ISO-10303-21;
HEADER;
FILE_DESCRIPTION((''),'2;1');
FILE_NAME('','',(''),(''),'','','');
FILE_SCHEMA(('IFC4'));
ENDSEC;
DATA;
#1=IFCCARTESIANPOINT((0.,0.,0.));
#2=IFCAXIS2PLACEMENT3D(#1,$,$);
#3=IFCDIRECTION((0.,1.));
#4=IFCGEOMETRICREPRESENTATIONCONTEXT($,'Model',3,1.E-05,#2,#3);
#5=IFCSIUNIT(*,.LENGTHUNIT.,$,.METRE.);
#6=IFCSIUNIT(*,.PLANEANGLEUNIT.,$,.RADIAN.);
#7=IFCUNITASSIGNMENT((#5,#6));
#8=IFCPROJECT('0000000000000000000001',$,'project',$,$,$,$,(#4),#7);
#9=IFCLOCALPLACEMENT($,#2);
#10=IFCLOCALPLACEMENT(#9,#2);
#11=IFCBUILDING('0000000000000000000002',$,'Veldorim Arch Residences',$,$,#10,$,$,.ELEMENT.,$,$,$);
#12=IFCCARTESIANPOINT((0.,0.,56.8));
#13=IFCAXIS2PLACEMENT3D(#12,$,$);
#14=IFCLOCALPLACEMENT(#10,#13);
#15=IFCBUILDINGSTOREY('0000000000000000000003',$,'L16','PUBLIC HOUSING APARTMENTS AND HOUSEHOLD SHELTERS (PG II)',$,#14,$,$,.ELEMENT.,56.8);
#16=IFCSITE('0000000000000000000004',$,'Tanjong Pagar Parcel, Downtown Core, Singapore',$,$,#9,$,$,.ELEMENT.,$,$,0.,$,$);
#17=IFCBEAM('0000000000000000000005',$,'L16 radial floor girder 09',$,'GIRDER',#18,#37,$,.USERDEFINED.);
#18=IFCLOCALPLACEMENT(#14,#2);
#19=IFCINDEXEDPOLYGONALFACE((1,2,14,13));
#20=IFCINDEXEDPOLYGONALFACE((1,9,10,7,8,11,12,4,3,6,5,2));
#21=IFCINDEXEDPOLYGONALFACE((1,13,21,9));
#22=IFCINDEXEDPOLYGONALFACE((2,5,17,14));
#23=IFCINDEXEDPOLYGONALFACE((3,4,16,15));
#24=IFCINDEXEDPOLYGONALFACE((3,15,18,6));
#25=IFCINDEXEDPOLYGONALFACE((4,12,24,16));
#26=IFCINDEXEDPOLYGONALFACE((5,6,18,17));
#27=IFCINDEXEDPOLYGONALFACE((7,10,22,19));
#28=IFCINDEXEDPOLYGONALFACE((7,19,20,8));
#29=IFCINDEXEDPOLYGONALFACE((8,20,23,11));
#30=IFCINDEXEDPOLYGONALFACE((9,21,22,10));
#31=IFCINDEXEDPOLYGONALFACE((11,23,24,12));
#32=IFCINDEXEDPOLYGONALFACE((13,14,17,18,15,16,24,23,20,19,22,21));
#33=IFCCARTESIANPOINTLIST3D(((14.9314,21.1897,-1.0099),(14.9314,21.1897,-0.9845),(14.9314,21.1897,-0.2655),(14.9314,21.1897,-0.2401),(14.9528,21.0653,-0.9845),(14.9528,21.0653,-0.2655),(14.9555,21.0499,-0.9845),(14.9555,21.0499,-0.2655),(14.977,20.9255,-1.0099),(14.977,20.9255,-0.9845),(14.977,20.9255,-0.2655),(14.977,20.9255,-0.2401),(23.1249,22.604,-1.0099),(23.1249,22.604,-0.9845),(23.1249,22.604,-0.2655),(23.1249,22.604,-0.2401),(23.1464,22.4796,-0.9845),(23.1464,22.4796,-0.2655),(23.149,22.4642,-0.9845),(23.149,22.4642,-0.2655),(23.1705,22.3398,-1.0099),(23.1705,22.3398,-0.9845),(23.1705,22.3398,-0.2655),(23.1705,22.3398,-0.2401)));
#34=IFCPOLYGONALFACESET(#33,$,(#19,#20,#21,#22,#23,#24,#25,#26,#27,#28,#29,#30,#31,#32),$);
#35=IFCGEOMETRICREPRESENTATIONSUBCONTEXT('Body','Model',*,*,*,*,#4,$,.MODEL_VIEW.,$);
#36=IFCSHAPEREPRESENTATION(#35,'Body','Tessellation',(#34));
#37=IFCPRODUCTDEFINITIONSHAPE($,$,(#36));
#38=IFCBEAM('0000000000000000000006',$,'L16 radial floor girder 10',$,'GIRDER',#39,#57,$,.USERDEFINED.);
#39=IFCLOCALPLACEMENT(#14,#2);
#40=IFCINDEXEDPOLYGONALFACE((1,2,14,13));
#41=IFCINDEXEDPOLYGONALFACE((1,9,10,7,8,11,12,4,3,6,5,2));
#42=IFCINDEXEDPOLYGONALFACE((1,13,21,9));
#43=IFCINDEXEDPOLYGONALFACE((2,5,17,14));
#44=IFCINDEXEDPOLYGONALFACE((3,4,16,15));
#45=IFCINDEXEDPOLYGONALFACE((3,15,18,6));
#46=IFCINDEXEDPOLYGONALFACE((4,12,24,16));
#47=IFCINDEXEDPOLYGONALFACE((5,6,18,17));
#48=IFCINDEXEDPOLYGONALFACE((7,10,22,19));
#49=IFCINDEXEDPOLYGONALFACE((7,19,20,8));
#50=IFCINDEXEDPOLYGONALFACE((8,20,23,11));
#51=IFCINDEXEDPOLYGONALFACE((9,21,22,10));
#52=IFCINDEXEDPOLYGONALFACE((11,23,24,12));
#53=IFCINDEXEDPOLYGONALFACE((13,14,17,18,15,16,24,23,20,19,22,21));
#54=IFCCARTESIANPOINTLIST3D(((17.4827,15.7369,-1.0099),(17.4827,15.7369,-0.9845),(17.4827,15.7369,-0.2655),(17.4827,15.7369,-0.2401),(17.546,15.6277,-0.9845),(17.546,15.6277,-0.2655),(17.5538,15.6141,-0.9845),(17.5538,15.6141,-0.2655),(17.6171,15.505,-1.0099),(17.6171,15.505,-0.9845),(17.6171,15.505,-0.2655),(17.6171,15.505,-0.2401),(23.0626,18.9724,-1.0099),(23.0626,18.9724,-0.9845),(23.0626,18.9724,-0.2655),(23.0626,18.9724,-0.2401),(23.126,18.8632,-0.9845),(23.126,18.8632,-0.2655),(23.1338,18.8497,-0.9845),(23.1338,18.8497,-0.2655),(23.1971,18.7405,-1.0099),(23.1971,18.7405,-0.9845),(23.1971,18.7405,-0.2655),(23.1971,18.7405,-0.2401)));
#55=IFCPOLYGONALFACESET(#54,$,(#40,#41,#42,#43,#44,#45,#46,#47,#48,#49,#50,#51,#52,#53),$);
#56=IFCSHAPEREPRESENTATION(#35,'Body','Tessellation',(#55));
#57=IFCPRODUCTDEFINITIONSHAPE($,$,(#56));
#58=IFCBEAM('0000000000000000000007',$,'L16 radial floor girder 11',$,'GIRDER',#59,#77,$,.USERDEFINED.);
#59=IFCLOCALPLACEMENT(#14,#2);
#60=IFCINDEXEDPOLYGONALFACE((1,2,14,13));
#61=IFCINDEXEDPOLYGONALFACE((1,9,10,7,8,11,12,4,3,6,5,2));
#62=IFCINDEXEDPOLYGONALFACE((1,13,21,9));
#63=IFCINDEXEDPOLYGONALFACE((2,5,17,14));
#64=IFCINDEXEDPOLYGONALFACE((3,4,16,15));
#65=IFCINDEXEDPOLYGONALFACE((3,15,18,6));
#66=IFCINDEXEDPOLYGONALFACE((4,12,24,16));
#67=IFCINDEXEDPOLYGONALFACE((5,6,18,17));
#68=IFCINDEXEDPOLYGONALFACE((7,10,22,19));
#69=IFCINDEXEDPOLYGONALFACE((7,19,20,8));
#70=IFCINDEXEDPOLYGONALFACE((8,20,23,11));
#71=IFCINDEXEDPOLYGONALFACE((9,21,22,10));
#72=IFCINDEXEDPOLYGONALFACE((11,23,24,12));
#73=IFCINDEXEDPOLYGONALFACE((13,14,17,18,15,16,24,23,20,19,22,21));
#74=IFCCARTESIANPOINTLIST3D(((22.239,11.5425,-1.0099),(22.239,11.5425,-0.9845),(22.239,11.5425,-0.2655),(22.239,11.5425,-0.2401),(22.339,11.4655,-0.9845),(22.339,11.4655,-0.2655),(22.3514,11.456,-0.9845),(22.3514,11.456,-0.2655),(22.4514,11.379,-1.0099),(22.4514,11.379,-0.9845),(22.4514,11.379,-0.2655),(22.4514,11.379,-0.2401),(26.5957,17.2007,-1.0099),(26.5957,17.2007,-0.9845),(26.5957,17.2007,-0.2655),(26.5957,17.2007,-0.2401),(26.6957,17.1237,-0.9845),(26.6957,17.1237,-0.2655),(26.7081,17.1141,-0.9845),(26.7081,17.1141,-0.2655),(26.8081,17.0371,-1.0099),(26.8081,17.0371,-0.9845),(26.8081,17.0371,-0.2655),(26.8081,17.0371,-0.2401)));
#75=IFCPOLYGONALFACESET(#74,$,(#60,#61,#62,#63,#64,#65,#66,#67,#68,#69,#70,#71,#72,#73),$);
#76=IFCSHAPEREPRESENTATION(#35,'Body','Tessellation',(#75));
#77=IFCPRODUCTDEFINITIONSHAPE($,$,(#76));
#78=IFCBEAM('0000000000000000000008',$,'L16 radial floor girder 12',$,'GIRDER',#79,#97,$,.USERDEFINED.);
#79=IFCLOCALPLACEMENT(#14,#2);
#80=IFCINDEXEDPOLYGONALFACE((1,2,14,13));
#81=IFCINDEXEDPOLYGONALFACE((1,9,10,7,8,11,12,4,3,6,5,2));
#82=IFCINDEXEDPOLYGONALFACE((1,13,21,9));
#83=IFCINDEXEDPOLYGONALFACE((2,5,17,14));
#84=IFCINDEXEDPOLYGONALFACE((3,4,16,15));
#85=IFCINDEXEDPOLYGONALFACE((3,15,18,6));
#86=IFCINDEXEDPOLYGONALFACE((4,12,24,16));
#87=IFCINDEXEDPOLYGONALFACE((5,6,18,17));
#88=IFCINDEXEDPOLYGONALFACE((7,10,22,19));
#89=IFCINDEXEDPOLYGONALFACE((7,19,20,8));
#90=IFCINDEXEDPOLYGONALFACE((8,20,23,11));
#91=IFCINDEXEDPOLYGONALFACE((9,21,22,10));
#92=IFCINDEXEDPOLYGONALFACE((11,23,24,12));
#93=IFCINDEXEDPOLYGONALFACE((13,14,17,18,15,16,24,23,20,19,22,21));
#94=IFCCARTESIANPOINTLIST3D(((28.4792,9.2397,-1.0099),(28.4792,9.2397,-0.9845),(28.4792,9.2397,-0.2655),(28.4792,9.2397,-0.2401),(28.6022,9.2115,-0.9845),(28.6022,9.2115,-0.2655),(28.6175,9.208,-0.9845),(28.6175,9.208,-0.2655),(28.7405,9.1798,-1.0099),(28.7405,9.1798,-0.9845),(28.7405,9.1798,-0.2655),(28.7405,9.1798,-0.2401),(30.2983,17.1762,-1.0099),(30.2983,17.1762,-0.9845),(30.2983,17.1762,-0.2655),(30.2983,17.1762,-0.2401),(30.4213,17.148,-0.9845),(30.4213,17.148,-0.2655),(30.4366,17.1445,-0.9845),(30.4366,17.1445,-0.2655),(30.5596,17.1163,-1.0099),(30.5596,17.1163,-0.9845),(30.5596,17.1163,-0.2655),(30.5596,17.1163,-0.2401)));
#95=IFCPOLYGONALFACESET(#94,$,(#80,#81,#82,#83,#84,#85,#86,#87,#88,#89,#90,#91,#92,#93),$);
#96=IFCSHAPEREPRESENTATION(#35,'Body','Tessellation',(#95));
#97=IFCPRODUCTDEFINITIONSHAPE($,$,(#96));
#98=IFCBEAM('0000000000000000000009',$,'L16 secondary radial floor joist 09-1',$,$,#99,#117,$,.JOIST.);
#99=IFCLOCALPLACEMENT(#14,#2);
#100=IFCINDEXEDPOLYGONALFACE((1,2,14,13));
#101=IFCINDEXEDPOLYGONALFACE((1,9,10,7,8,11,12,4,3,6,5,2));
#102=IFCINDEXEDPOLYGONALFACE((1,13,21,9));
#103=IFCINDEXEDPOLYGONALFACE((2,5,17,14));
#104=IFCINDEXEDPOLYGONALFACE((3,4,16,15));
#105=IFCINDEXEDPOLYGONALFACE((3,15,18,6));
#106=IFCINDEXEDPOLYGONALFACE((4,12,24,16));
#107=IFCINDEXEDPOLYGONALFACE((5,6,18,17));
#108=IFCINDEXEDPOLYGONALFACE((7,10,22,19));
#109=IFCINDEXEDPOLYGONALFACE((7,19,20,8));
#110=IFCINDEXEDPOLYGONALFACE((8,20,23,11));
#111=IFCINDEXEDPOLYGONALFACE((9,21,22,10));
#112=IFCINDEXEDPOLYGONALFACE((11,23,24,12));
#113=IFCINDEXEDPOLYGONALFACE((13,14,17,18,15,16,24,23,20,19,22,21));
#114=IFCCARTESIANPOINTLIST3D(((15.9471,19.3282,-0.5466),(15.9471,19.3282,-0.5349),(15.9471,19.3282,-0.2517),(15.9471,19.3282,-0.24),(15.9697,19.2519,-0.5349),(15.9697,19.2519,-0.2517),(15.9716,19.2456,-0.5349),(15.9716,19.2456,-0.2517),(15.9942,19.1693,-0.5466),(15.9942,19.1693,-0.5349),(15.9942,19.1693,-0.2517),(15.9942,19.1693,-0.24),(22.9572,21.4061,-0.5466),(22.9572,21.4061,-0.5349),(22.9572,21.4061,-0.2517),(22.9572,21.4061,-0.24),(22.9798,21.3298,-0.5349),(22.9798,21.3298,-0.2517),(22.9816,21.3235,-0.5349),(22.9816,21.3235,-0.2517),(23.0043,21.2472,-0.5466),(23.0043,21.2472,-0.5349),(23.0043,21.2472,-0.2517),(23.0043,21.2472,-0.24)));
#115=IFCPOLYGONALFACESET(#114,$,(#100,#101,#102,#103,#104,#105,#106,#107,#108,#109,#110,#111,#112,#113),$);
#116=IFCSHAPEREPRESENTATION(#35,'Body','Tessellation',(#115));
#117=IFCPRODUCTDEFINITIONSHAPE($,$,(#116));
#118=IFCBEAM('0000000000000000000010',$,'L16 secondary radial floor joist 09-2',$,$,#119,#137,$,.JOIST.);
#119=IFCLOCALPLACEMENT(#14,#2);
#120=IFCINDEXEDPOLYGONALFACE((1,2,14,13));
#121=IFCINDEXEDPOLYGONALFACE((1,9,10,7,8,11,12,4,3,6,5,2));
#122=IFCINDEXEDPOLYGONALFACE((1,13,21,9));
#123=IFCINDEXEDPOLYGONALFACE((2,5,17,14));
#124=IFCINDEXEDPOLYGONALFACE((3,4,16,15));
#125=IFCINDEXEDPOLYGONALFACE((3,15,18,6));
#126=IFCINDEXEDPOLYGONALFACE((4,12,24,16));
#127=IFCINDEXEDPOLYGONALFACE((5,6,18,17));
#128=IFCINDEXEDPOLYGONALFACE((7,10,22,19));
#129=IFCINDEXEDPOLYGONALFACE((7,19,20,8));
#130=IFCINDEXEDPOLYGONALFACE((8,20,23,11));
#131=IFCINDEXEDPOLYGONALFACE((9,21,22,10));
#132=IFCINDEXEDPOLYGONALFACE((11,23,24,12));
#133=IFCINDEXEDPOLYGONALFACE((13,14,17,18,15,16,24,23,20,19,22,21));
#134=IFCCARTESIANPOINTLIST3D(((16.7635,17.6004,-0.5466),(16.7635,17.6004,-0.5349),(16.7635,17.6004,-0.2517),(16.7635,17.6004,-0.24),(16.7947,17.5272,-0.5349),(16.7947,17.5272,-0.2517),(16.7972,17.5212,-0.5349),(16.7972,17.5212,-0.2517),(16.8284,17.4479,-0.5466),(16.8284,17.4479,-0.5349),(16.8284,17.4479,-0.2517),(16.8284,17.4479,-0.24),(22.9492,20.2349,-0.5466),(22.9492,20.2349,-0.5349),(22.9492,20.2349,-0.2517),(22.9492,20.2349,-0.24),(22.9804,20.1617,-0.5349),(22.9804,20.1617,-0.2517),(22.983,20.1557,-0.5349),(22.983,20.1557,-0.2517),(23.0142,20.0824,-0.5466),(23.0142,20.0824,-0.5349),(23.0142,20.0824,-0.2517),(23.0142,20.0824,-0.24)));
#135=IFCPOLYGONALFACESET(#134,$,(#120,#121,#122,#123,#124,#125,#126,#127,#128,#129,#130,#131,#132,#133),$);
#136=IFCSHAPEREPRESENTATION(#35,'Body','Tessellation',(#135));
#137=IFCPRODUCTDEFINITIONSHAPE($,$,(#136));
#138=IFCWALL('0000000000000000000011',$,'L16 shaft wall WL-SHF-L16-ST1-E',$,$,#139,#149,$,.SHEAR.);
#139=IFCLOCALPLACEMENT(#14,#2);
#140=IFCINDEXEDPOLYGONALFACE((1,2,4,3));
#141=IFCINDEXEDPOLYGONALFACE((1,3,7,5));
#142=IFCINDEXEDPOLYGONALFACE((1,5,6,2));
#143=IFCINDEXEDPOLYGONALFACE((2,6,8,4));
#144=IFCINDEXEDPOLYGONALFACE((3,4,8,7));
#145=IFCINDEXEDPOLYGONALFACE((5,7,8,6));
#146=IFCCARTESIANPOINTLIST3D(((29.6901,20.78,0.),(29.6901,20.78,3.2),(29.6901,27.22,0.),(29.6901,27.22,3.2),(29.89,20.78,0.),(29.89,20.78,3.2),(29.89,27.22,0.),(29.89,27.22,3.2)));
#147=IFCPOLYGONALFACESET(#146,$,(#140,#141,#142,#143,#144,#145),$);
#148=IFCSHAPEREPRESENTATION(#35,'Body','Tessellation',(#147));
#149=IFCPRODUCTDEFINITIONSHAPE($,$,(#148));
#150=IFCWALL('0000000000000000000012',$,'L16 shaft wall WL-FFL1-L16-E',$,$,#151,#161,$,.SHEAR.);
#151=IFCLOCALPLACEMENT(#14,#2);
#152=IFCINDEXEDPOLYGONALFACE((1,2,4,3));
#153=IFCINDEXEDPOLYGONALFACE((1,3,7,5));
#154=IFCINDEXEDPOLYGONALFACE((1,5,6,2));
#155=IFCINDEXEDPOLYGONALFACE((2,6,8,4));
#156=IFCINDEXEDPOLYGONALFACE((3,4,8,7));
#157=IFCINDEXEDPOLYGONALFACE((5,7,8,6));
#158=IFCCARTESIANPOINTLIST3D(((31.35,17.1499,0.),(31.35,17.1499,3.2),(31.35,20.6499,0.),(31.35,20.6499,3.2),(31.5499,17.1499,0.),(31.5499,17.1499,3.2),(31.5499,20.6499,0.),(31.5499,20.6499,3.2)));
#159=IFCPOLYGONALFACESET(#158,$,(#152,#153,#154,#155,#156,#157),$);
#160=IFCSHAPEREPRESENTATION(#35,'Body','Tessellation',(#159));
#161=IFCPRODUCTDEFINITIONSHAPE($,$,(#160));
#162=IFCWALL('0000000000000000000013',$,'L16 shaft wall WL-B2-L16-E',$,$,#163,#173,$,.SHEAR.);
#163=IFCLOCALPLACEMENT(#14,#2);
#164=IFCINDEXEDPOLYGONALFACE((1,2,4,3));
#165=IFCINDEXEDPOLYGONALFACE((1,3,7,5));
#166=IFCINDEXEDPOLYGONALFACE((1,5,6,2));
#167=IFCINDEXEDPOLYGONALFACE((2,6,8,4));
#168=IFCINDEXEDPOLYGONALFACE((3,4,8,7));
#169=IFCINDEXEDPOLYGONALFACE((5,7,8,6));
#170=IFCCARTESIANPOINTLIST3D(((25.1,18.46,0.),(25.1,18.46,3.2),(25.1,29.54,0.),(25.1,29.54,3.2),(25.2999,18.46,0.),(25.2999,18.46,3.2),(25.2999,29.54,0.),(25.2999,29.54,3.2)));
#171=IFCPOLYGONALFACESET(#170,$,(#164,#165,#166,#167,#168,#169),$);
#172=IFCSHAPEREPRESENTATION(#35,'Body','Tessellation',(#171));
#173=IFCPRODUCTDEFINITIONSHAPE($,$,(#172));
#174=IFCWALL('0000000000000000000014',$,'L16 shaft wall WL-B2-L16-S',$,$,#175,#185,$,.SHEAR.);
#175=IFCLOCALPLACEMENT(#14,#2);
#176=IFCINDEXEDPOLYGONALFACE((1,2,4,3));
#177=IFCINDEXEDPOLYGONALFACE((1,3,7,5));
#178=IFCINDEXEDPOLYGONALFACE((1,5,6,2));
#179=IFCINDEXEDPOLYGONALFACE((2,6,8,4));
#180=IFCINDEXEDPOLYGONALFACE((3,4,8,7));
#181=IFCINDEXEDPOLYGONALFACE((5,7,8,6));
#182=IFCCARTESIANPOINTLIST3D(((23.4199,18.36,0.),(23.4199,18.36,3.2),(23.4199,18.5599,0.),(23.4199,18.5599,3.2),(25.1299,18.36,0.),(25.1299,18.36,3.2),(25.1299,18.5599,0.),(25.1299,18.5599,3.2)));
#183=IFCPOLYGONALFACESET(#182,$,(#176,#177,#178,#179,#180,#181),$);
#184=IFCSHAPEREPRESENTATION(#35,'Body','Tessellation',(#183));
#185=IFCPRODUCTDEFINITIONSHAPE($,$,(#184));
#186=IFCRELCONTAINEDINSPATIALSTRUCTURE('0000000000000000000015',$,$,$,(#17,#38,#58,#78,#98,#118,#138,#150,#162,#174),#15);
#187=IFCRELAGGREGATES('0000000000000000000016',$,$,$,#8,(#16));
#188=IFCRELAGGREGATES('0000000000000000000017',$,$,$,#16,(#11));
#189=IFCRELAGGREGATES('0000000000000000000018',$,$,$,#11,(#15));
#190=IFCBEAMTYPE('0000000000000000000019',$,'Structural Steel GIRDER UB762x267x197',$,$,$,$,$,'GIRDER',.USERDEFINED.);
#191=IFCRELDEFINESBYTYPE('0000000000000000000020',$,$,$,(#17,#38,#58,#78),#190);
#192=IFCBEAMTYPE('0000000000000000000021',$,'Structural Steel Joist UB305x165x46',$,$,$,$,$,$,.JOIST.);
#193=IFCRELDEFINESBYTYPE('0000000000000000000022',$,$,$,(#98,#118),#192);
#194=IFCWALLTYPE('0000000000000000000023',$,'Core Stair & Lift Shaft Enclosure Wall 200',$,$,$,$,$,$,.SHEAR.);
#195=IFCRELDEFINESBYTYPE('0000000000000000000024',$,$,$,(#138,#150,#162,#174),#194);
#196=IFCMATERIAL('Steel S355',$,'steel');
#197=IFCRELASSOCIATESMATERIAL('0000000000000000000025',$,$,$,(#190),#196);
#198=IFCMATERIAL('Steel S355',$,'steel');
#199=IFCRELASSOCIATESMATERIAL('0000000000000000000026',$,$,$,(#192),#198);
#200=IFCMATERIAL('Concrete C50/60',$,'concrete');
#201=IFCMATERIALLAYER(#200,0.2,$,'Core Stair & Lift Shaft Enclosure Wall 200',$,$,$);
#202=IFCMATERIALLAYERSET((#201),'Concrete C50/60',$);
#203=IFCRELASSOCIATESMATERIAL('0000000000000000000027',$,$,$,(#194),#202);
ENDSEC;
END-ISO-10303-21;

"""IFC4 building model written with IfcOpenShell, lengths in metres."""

from ifc_helpers import new_model, si_unit, direction, frame, frame_2d, origin, origin_2d, place, context, subcontext, project, spatial, rectangle, i_section, extrude, material, layer, layer_set, material_profile, profile_set, type_object, element, save


model = new_model("IFC4")

# Units and contexts
model_context = context("Model", 3, precision=1e-05, world=origin(), true_north=direction((0.0, 1.0)))
body_context = subcontext(model_context, "Body", "Model", "MODEL_VIEW")
ifc_project = project(units=[si_unit("LENGTHUNIT", "METRE"), si_unit("PLANEANGLEUNIT", "RADIAN")], contexts=[model_context])

# Site, building, storey
site_placement = place(None, origin())
site = spatial("IfcSite", under=ifc_project, at=site_placement, Name="Tanjong Pagar Parcel, Downtown Core, Singapore", CompositionType="ELEMENT", RefElevation=0.0)
building_placement = place(site_placement, origin())
building = spatial("IfcBuilding", under=site, at=building_placement, Name="Veldorim Arch Residences", CompositionType="ELEMENT")
storey_placement = place(building_placement, frame((0.0, 0.0, 56.8)))
storey = spatial("IfcBuildingStorey", under=building, at=storey_placement, Name="L16", Description="PUBLIC HOUSING APARTMENTS AND HOUSEHOLD SHELTERS (PG II)", CompositionType="ELEMENT", Elevation=56.8)

# Beams
ifc_material_1 = material(Name="Steel S355", Category="steel")
ifc_material_profile_1 = material_profile(ifc_material_1, i_section(OverallWidth=0.2681, OverallDepth=0.7698, WebThickness=0.0156, FlangeThickness=0.0254, at=origin_2d()), Name="UB762x267x197")
ifc_profile_set_1 = profile_set([ifc_material_profile_1], Name="Steel S355")
beam_type_1 = type_object("IfcBeamType", Name="Structural Steel GIRDER UB762x267x197", ElementType="GIRDER", PredefinedType="USERDEFINED", material=ifc_profile_set_1)
beam_1_placement = place(storey_placement, frame((23.1477, 22.4719, -0.625), z_axis=(-0.985428, -0.170096, 0.0), x_axis=(0.170096, -0.985428, 0.0)))
element("IfcBeam", 1, at=beam_1_placement, inside=storey, type_object=beam_type_1, Name="L16 radial floor girder 09", ObjectType="GIRDER", PredefinedType="USERDEFINED", context=body_context, shape_type="SweptSolid", body=[
    extrude(i_section(OverallWidth=0.2681, OverallDepth=0.7698, WebThickness=0.0156, FlangeThickness=0.0254, at=origin_2d()), origin(), (0.0, 0.0, 1.0), 8.3147),
])
beam_2_placement = place(storey_placement, frame((23.1299, 18.8564, -0.625), z_axis=(-0.865088, -0.50162, 0.0), x_axis=(0.50162, -0.865088, 0.0)))
element("IfcBeam", 2, at=beam_2_placement, inside=storey, type_object=beam_type_1, Name="L16 radial floor girder 10", ObjectType="GIRDER", PredefinedType="USERDEFINED", context=body_context, shape_type="SweptSolid", body=[
    extrude(i_section(OverallWidth=0.2681, OverallDepth=0.7698, WebThickness=0.0156, FlangeThickness=0.0254, at=origin_2d()), origin(), (0.0, 0.0, 1.0), 6.4502),
])
beam_3_placement = place(storey_placement, frame((26.7019, 17.1189, -0.625), z_axis=(-0.610082, -0.792338, 0.0), x_axis=(0.792338, -0.610082, 0.0)))
element("IfcBeam", 3, at=beam_3_placement, inside=storey, type_object=beam_type_1, Name="L16 radial floor girder 11", ObjectType="GIRDER", PredefinedType="USERDEFINED", context=body_context, shape_type="SweptSolid", body=[
    extrude(i_section(OverallWidth=0.2681, OverallDepth=0.7698, WebThickness=0.0156, FlangeThickness=0.0254, at=origin_2d()), origin(), (0.0, 0.0, 1.0), 7.1411),
])
beam_4_placement = place(storey_placement, frame((30.429, 17.1462, -0.625), z_axis=(-0.223412, -0.974724, 0.0), x_axis=(0.974724, -0.223412, 0.0)))
element("IfcBeam", 4, at=beam_4_placement, inside=storey, type_object=beam_type_1, Name="L16 radial floor girder 12", ObjectType="GIRDER", PredefinedType="USERDEFINED", context=body_context, shape_type="SweptSolid", body=[
    extrude(i_section(OverallWidth=0.2681, OverallDepth=0.7698, WebThickness=0.0156, FlangeThickness=0.0254, at=origin_2d()), origin(), (0.0, 0.0, 1.0), 8.1423),
])
ifc_material_2 = material(Name="Steel S355", Category="steel")
ifc_material_profile_2 = material_profile(ifc_material_2, i_section(OverallWidth=0.1658, OverallDepth=0.3066, WebThickness=0.0066, FlangeThickness=0.0117, at=origin_2d()), Name="UB305x165x46")
ifc_profile_set_2 = profile_set([ifc_material_profile_2], Name="Steel S355")
beam_type_2 = type_object("IfcBeamType", Name="Structural Steel Joist UB305x165x46", PredefinedType="JOIST", material=ifc_profile_set_2)
beam_5_placement = place(storey_placement, frame((22.9807, 21.3267, -0.3933), z_axis=(-0.958767, -0.284194, 0.0), x_axis=(0.284194, -0.958767, 0.0)))
element("IfcBeam", 5, at=beam_5_placement, inside=storey, type_object=beam_type_2, Name="L16 secondary radial floor joist 09-1", PredefinedType="JOIST", context=body_context, shape_type="SweptSolid", body=[
    extrude(i_section(OverallWidth=0.1658, OverallDepth=0.3066, WebThickness=0.0066, FlangeThickness=0.0117, at=origin_2d()), origin(), (0.0, 0.0, 1.0), 7.3115),
])
beam_6_placement = place(storey_placement, frame((22.9817, 20.1587, -0.3933), z_axis=(-0.920033, -0.391841, 0.0), x_axis=(0.391841, -0.920033, 0.0)))
element("IfcBeam", 6, at=beam_6_placement, inside=storey, type_object=beam_type_2, Name="L16 secondary radial floor joist 09-2", PredefinedType="JOIST", context=body_context, shape_type="SweptSolid", body=[
    extrude(i_section(OverallWidth=0.1658, OverallDepth=0.3066, WebThickness=0.0066, FlangeThickness=0.0117, at=origin_2d()), origin(), (0.0, 0.0, 1.0), 6.7234),
])

# Wall
ifc_material_3 = material(Name="Concrete C50/60", Category="concrete")
ifc_layer_1 = layer(ifc_material_3, 0.2, Name="Core Stair & Lift Shaft Enclosure Wall 200")
ifc_layer_set_1 = layer_set([ifc_layer_1], Name="Concrete C50/60")
wall_type_1 = type_object("IfcWallType", Name="Core Stair & Lift Shaft Enclosure Wall 200", PredefinedType="SHEAR", material=ifc_layer_set_1)
wall_1_placement = place(storey_placement, frame((29.79, 20.78, 0.0), z_axis=(0.0, 0.0, 1.0), x_axis=(0.0, 1.0, 0.0)))
element("IfcWall", 7, at=wall_1_placement, inside=storey, type_object=wall_type_1, Name="L16 shaft wall WL-SHF-L16-ST1-E", PredefinedType="SHEAR", context=body_context, shape_type="SweptSolid", body=[
    extrude(rectangle(XDim=6.4399, YDim=0.2, at=frame_2d((3.22, 0.0))), origin(), (0.0, 0.0, 1.0), 3.2),
])

# Wall
wall_2_placement = place(storey_placement, frame((31.45, 17.1499, 0.0), z_axis=(0.0, 0.0, 1.0), x_axis=(0.0, 1.0, 0.0)))
element("IfcWall", 8, at=wall_2_placement, inside=storey, type_object=wall_type_1, Name="L16 shaft wall WL-FFL1-L16-E", PredefinedType="SHEAR", context=body_context, shape_type="SweptSolid", body=[
    extrude(rectangle(XDim=3.5, YDim=0.2, at=frame_2d((1.75, 0.0))), origin(), (0.0, 0.0, 1.0), 3.2),
])

# Walls
wall_3_placement = place(storey_placement, frame((25.2, 18.46, 0.0), z_axis=(0.0, 0.0, 1.0), x_axis=(0.0, 1.0, 0.0)))
element("IfcWall", 9, at=wall_3_placement, inside=storey, type_object=wall_type_1, Name="L16 shaft wall WL-B2-L16-E", PredefinedType="SHEAR", context=body_context, shape_type="SweptSolid", body=[
    extrude(rectangle(XDim=11.0801, YDim=0.2, at=frame_2d((5.54, 0.0))), origin(), (0.0, 0.0, 1.0), 3.2),
])
for number, where, z_axis, x_axis, name in (
    (10, (23.4199, 18.46, 0.0), (0.0, 0.0, 1.0), (1.0, 0.0, 0.0), "L16 shaft wall WL-B2-L16-S"),
):
    element("IfcWall", number, at=place(storey_placement, frame(where, z_axis=z_axis, x_axis=x_axis)), inside=storey, type_object=wall_type_1, Name=name, PredefinedType="SHEAR", context=body_context, shape_type="SweptSolid", body=[
        extrude(rectangle(XDim=1.71, YDim=0.2, at=frame_2d((0.855, 0.0))), origin(), (0.0, 0.0, 1.0), 3.2),
    ])

save(model, "model.ifc")
